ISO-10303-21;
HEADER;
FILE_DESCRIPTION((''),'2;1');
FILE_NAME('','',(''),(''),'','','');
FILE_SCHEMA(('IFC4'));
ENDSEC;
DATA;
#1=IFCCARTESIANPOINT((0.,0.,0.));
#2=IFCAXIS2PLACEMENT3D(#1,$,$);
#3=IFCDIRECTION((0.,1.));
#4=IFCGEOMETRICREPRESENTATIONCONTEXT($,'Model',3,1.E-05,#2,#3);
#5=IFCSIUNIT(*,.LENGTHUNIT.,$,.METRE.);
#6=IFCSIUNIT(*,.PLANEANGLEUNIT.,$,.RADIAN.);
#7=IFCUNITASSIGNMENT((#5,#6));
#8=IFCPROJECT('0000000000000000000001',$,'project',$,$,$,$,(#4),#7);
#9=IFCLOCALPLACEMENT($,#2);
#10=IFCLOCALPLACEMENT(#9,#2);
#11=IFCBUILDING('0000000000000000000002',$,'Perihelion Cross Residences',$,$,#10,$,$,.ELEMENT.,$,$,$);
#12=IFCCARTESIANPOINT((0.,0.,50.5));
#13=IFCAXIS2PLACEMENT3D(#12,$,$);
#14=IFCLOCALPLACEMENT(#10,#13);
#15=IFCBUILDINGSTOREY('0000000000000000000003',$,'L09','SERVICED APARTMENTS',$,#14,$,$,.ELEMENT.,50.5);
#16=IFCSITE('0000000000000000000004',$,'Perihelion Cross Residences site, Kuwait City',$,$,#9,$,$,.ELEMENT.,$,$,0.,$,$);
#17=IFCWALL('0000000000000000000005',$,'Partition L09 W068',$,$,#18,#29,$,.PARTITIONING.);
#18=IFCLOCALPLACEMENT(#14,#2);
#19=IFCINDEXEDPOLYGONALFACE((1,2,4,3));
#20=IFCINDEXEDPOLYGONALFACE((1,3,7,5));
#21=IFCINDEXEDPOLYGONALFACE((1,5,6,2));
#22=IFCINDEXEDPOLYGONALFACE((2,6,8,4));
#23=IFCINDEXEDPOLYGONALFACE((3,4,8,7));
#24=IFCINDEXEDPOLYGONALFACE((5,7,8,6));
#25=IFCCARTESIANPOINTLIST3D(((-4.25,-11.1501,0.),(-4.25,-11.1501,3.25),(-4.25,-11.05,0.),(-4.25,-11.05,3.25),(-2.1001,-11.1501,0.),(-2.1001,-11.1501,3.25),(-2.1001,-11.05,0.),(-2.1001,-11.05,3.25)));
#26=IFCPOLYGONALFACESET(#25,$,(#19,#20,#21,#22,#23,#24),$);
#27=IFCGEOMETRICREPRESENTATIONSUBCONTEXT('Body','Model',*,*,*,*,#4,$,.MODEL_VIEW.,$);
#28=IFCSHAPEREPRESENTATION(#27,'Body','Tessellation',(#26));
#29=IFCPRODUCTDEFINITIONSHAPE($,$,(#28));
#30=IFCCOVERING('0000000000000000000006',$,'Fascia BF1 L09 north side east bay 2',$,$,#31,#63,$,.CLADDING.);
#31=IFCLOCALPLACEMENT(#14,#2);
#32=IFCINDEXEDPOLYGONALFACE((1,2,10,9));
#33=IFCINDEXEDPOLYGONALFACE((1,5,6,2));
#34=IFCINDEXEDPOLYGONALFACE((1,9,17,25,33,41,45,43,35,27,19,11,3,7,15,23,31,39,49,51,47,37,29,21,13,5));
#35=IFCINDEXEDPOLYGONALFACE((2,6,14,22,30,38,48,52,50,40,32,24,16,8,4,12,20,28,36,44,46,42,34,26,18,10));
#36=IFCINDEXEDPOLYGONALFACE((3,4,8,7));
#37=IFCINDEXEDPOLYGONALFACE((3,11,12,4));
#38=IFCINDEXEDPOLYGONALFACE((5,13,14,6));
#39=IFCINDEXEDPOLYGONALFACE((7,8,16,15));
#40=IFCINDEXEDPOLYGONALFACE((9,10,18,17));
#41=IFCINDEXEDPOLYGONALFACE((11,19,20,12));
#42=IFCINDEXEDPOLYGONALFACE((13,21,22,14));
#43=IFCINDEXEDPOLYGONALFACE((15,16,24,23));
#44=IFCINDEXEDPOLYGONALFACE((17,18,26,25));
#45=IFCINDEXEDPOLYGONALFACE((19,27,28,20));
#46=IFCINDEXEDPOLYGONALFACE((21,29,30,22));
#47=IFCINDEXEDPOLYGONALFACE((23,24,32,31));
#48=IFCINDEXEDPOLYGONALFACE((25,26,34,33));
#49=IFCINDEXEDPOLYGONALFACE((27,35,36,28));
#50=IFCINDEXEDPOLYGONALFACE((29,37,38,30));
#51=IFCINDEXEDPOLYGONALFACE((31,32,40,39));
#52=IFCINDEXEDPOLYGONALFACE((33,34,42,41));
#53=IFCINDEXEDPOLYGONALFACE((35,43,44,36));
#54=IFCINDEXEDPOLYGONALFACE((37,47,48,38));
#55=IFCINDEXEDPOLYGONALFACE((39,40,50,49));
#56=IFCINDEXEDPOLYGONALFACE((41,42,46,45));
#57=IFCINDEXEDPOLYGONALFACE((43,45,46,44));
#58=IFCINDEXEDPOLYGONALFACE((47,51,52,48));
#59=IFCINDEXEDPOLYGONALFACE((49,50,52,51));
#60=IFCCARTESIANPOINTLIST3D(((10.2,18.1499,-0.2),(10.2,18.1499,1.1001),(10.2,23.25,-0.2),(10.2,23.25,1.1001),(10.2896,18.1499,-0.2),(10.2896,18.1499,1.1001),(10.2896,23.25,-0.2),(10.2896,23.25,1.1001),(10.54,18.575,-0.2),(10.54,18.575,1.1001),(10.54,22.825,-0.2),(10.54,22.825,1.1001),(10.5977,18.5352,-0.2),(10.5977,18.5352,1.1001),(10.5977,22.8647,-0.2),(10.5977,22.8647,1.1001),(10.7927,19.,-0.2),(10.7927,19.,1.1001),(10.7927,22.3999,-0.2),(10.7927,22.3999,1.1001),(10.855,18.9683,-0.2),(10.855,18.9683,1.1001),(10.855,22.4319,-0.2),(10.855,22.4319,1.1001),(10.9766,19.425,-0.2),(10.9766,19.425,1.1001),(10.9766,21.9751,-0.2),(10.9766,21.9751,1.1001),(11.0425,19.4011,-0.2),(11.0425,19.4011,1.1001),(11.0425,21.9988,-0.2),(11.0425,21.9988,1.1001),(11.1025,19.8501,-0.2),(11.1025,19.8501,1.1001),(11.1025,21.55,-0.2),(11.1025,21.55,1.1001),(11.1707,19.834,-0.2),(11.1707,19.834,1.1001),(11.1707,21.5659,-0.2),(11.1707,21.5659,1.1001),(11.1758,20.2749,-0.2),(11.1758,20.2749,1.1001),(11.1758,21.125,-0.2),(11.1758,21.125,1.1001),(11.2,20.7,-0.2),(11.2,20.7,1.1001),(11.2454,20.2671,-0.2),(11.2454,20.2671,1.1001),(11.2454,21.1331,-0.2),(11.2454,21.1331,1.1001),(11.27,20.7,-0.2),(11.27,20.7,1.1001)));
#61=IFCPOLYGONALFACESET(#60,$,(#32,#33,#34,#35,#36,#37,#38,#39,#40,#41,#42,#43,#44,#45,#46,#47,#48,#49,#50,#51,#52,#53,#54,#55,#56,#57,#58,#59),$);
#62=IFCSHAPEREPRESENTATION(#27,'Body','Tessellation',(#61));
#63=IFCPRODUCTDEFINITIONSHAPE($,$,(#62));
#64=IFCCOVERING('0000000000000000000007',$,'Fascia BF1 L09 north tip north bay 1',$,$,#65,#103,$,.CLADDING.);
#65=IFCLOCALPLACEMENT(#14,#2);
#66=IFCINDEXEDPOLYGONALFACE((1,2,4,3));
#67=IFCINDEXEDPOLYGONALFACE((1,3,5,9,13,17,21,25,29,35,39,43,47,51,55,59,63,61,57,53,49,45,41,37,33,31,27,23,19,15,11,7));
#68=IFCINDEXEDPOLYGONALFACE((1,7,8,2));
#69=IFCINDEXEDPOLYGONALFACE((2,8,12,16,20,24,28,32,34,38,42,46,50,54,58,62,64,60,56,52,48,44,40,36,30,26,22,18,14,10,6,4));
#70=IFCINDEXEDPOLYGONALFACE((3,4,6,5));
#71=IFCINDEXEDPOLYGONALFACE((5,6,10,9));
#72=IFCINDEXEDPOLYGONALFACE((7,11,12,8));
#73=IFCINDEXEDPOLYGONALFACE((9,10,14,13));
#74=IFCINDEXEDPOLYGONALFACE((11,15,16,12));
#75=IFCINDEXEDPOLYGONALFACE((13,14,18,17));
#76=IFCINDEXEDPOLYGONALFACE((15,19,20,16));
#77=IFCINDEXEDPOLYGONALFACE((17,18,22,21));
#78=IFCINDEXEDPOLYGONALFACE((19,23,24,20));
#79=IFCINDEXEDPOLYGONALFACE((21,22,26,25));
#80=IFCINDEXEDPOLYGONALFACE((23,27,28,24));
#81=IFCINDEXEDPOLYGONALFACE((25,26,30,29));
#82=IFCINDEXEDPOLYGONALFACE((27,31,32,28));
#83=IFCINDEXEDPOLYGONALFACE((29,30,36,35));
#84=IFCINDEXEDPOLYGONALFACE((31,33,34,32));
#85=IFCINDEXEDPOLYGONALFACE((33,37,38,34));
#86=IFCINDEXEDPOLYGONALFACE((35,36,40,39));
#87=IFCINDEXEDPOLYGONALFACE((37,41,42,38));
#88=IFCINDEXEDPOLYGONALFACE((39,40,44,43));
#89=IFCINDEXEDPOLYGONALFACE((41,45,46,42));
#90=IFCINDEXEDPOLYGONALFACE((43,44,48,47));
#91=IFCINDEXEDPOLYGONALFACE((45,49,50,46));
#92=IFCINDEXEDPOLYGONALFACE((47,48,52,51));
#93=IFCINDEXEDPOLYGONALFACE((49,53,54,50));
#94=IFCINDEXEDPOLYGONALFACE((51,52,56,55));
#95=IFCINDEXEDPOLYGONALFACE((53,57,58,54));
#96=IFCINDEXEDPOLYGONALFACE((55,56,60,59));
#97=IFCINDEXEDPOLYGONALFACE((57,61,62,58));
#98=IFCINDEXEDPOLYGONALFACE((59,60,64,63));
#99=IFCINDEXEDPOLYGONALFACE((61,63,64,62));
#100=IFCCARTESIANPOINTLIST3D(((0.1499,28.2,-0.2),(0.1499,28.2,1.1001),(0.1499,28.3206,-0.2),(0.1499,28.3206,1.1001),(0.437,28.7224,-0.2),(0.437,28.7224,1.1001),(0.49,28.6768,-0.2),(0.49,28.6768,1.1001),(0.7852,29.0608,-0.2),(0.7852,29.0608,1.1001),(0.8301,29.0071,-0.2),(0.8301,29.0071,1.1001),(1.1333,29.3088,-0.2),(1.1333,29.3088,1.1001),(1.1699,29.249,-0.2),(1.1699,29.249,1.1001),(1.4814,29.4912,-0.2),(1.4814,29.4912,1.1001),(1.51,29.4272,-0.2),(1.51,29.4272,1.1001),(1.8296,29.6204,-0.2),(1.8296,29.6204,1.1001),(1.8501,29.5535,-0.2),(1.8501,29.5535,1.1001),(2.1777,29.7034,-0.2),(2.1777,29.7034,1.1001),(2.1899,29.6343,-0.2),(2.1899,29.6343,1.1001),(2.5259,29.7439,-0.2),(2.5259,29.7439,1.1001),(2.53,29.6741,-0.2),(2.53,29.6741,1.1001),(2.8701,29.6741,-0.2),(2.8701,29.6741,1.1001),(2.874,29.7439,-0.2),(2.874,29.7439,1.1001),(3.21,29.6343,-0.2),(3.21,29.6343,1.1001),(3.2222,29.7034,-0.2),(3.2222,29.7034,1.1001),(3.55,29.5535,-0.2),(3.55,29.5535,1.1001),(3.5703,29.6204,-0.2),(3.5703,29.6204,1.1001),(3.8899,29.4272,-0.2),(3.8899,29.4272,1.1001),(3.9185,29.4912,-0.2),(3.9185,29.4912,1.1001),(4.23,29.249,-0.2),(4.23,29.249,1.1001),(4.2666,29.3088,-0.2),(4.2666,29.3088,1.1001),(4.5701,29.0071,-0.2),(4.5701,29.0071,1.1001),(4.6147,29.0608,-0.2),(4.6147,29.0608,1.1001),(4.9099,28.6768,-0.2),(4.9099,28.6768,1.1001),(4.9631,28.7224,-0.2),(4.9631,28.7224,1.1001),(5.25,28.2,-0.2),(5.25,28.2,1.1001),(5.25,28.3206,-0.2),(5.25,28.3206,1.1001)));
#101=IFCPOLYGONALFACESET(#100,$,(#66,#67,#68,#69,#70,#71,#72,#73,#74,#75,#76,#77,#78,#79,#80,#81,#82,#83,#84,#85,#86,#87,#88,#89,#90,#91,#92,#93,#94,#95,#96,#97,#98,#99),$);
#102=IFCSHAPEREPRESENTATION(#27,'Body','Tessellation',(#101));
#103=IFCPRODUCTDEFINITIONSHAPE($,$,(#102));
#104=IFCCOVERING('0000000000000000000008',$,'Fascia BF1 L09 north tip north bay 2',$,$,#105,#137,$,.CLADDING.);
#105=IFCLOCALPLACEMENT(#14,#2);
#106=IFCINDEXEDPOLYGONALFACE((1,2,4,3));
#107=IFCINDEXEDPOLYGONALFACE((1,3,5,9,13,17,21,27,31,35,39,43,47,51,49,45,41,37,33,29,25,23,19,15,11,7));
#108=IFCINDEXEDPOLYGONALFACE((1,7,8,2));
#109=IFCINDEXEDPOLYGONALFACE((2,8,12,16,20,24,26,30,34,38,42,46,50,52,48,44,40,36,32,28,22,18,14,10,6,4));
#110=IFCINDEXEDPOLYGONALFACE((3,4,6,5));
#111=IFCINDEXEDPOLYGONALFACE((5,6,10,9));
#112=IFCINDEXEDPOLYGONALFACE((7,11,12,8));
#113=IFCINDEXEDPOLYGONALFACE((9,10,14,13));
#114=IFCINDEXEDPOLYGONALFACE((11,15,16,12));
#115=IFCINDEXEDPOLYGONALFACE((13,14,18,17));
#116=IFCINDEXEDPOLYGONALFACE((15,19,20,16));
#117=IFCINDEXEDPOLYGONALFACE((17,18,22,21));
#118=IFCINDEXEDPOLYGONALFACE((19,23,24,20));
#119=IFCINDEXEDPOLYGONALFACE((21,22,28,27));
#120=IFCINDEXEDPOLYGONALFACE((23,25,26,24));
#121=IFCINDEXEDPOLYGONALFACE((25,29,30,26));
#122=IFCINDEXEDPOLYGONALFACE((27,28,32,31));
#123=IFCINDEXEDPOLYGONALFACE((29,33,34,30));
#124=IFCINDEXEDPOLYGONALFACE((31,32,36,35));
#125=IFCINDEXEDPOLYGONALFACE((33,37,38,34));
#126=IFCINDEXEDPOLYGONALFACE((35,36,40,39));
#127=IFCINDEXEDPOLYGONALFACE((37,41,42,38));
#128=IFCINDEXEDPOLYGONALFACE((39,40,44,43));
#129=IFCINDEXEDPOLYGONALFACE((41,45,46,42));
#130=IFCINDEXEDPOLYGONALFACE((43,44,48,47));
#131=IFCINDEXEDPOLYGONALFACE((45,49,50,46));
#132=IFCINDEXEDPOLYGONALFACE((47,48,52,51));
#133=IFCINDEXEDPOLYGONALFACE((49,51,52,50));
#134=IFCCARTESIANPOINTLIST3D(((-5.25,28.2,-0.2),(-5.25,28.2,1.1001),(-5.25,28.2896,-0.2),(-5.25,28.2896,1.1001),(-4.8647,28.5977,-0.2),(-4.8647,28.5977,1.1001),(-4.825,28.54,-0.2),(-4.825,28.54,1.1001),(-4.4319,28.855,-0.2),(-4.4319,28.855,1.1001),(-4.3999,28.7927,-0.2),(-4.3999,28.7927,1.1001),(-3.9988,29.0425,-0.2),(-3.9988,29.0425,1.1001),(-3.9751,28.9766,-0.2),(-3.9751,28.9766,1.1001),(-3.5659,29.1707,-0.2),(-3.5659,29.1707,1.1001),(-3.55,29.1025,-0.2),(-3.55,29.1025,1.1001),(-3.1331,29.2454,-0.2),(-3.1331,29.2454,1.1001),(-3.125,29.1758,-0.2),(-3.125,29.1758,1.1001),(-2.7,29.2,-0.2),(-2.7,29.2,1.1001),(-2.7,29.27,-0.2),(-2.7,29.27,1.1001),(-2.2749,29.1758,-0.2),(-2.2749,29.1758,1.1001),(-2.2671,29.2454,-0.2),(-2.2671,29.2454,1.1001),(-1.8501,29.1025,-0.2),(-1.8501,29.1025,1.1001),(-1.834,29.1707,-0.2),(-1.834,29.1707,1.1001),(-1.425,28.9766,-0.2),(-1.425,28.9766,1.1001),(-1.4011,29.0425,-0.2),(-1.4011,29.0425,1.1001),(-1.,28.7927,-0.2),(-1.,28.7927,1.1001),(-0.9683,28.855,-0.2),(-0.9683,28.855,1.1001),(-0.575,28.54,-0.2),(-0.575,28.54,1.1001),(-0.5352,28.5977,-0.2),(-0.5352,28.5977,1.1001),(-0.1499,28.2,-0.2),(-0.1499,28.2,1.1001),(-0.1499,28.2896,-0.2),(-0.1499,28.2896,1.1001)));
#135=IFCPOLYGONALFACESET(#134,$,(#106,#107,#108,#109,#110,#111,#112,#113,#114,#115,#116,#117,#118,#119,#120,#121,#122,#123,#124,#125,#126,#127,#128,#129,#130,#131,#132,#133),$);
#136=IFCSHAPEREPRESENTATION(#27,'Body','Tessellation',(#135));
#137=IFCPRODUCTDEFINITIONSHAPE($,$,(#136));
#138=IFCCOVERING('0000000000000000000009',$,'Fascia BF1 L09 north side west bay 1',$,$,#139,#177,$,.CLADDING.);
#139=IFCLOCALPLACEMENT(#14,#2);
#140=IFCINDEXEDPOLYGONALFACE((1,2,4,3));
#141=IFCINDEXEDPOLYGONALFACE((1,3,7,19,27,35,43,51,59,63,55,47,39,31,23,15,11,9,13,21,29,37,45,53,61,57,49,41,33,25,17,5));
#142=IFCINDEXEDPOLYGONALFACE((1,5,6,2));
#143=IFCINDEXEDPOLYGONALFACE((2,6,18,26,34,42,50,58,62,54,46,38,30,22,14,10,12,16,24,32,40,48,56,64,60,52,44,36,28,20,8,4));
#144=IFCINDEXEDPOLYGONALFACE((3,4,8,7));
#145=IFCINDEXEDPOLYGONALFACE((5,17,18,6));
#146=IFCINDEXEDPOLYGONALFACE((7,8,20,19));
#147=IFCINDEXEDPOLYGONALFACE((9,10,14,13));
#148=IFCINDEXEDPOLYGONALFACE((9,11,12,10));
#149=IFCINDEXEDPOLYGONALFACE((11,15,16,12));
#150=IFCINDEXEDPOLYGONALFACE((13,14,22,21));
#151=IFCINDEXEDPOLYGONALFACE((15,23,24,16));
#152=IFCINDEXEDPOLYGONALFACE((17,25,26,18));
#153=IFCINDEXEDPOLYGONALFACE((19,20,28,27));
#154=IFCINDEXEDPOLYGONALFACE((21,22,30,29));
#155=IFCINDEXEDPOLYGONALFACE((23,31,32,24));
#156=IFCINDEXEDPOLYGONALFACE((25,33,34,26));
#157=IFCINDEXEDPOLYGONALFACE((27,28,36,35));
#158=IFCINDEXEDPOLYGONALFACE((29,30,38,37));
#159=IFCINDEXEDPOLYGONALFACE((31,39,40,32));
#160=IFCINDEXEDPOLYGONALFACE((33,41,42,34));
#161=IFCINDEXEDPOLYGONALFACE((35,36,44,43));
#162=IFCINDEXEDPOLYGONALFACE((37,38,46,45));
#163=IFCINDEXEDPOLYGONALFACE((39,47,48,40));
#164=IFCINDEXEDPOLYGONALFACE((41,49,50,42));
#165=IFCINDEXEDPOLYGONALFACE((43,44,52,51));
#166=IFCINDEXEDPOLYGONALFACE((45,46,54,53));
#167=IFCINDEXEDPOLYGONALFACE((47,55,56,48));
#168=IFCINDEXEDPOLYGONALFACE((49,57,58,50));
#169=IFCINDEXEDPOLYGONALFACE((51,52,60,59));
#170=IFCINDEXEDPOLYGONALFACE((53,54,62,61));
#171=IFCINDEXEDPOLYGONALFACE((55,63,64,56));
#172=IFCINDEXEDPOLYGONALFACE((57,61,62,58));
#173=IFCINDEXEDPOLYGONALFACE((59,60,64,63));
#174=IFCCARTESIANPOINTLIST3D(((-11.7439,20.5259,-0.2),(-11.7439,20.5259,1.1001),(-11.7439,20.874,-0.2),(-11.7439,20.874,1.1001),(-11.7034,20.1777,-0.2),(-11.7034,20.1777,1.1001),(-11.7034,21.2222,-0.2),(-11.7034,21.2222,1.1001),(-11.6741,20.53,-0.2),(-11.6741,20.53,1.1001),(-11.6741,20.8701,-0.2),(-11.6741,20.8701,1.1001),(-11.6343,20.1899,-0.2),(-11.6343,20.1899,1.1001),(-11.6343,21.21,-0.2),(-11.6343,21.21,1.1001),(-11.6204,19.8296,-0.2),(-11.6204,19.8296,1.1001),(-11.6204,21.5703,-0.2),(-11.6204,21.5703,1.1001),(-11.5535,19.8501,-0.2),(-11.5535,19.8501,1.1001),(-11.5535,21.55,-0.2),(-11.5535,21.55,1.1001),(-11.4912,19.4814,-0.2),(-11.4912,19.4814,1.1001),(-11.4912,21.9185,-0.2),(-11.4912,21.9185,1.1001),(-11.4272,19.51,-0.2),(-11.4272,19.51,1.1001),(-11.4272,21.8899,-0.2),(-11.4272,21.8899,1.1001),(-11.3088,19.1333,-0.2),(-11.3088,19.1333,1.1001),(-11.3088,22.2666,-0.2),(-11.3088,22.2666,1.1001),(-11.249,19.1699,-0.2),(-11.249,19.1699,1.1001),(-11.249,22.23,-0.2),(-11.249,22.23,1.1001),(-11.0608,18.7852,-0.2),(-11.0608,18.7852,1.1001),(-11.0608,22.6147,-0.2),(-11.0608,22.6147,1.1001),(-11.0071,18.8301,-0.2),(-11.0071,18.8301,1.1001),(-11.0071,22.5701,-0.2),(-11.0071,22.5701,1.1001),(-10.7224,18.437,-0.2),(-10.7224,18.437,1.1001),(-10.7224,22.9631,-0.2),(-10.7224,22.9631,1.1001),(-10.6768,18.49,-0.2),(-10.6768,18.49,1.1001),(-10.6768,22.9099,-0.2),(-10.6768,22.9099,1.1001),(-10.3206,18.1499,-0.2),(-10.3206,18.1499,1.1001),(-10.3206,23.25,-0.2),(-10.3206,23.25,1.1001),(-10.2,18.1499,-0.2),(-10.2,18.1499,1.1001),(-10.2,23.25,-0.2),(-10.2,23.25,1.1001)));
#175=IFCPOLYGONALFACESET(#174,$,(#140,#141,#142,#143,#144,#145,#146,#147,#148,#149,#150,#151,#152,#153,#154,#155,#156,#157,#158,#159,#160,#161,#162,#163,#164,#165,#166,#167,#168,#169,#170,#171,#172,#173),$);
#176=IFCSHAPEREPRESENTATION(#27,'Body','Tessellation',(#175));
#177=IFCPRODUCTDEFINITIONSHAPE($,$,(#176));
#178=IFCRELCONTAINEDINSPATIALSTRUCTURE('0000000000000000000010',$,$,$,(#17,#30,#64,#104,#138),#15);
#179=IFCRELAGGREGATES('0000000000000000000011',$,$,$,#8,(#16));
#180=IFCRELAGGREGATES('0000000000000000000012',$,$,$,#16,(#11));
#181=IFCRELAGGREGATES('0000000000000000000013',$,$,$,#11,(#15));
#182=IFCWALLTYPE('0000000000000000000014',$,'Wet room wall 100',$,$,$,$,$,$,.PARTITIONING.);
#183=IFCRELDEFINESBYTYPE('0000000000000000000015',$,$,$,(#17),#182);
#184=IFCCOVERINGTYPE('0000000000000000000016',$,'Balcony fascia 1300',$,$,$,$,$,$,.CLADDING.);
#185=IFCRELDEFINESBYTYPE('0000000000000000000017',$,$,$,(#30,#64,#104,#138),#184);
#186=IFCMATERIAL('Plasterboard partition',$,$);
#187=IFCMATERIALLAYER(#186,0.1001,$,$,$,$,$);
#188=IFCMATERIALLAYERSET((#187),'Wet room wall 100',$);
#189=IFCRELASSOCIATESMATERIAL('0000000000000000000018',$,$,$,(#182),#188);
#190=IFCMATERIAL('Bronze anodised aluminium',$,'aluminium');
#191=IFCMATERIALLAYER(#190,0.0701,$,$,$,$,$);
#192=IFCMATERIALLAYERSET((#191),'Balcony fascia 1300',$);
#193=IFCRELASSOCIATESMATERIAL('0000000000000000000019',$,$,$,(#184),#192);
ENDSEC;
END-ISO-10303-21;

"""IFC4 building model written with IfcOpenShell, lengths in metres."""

from ifc_helpers import new_model, si_unit, direction, frame, frame_2d, origin, place, context, subcontext, project, spatial, polyline, rectangle, outline, extrude, material, layer, layer_set, type_object, element, save


model = new_model("IFC4")

# Units and contexts
model_context = context("Model", 3, precision=1e-05, world=origin(), true_north=direction((0.0, 1.0)))
body_context = subcontext(model_context, "Body", "Model", "MODEL_VIEW")
ifc_project = project(units=[si_unit("LENGTHUNIT", "METRE"), si_unit("PLANEANGLEUNIT", "RADIAN")], contexts=[model_context])

# Site, building, storey
site_placement = place(None, origin())
site = spatial("IfcSite", under=ifc_project, at=site_placement, Name="Perihelion Cross Residences site, Kuwait City", CompositionType="ELEMENT", RefElevation=0.0)
building_placement = place(site_placement, origin())
building = spatial("IfcBuilding", under=site, at=building_placement, Name="Perihelion Cross Residences", CompositionType="ELEMENT")
storey_placement = place(building_placement, frame((0.0, 0.0, 50.5)))
storey = spatial("IfcBuildingStorey", under=building, at=storey_placement, Name="L09", Description="SERVICED APARTMENTS", CompositionType="ELEMENT", Elevation=50.5)

# Shared definitions
ifc_material_1 = material(Name="Plasterboard partition")
ifc_layer_1 = layer(ifc_material_1, 0.1001)
ifc_layer_set_1 = layer_set([ifc_layer_1], Name="Wet room wall 100")
wall_type_1 = type_object("IfcWallType", Name="Wet room wall 100", PredefinedType="PARTITIONING", material=ifc_layer_set_1)

# Wall
wall_1_placement = place(storey_placement, frame((-2.1001, -11.1001, 0.0), z_axis=(0.0, 0.0, 1.0), x_axis=(-1.0, 0.0, 0.0)))
element("IfcWall", 1, at=wall_1_placement, inside=storey, type_object=wall_type_1, Name="Partition L09 W068", PredefinedType="PARTITIONING", context=body_context, shape_type="SweptSolid", body=[
    extrude(rectangle(XDim=2.1499, YDim=0.1001, at=frame_2d((1.075, 0.0))), origin(), (0.0, 0.0, 1.0), 3.25),
])

# Coverings
ifc_material_2 = material(Name="Bronze anodised aluminium", Category="aluminium")
ifc_layer_2 = layer(ifc_material_2, 0.0701)
ifc_layer_set_2 = layer_set([ifc_layer_2], Name="Balcony fascia 1300")
covering_type = type_object("IfcCoveringType", Name="Balcony fascia 1300", PredefinedType="CLADDING", material=ifc_layer_set_2)
covering_1_placement = place(storey_placement, frame((0.0, 0.0, -0.2)))
element("IfcCovering", 2, at=covering_1_placement, inside=storey, type_object=covering_type, Name="Fascia BF1 L09 north side east bay 2", PredefinedType="CLADDING", context=body_context, shape_type="SweptSolid", body=[
    extrude(outline(polyline([(10.5977, 18.5352), (10.855, 18.9683), (11.0425, 19.4011), (11.1707, 19.834), (11.2454, 20.2671), (11.27, 20.7), (11.2454, 21.1331), (11.1707, 21.5659), (11.0425, 21.9988), (10.855, 22.4319), (10.5977, 22.8647), (10.2896, 23.25), (10.2, 23.25), (10.54, 22.825), (10.7927, 22.3999), (10.9766, 21.9751), (11.1025, 21.55), (11.1758, 21.125), (11.2, 20.7), (11.1758, 20.2749), (11.1025, 19.8501), (10.9766, 19.425), (10.7927, 19.0), (10.54, 18.575), (10.2, 18.1499), (10.2896, 18.1499), (10.5977, 18.5352)])), origin(), (0.0, 0.0, 1.0), 1.3),
])
covering_2_placement = place(storey_placement, frame((0.0, 0.0, -0.2)))
element("IfcCovering", 3, at=covering_2_placement, inside=storey, type_object=covering_type, Name="Fascia BF1 L09 north tip north bay 1", PredefinedType="CLADDING", context=body_context, shape_type="SweptSolid", body=[
    extrude(outline(polyline([(4.9631, 28.7224), (4.6147, 29.0608), (4.2666, 29.3088), (3.9185, 29.4912), (3.5703, 29.6204), (3.2222, 29.7034), (2.874, 29.7439), (2.5259, 29.7439), (2.1777, 29.7034), (1.8296, 29.6204), (1.4814, 29.4912), (1.1333, 29.3088), (0.7852, 29.0608), (0.437, 28.7224), (0.1499, 28.3206), (0.1499, 28.2), (0.49, 28.6768), (0.8301, 29.0071), (1.1699, 29.249), (1.51, 29.4272), (1.8501, 29.5535), (2.1899, 29.6343), (2.53, 29.6741), (2.8701, 29.6741), (3.21, 29.6343), (3.55, 29.5535), (3.8899, 29.4272), (4.23, 29.249), (4.5701, 29.0071), (4.9099, 28.6768), (5.25, 28.2), (5.25, 28.3206), (4.9631, 28.7224)])), origin(), (0.0, 0.0, 1.0), 1.3),
])
covering_3_placement = place(storey_placement, frame((0.0, 0.0, -0.2)))
element("IfcCovering", 4, at=covering_3_placement, inside=storey, type_object=covering_type, Name="Fascia BF1 L09 north tip north bay 2", PredefinedType="CLADDING", context=body_context, shape_type="SweptSolid", body=[
    extrude(outline(polyline([(-0.5352, 28.5977), (-0.9683, 28.855), (-1.4011, 29.0425), (-1.834, 29.1707), (-2.2671, 29.2454), (-2.7, 29.27), (-3.1331, 29.2454), (-3.5659, 29.1707), (-3.9988, 29.0425), (-4.4319, 28.855), (-4.8647, 28.5977), (-5.25, 28.2896), (-5.25, 28.2), (-4.825, 28.54), (-4.3999, 28.7927), (-3.9751, 28.9766), (-3.55, 29.1025), (-3.125, 29.1758), (-2.7, 29.2), (-2.2749, 29.1758), (-1.8501, 29.1025), (-1.425, 28.9766), (-1.0, 28.7927), (-0.575, 28.54), (-0.1499, 28.2), (-0.1499, 28.2896), (-0.5352, 28.5977)])), origin(), (0.0, 0.0, 1.0), 1.3),
])
covering_4_placement = place(storey_placement, frame((0.0, 0.0, -0.2)))
element("IfcCovering", 5, at=covering_4_placement, inside=storey, type_object=covering_type, Name="Fascia BF1 L09 north side west bay 1", PredefinedType="CLADDING", context=body_context, shape_type="SweptSolid", body=[
    extrude(outline(polyline([(-10.7224, 22.9631), (-11.0608, 22.6147), (-11.3088, 22.2666), (-11.4912, 21.9185), (-11.6204, 21.5703), (-11.7034, 21.2222), (-11.7439, 20.874), (-11.7439, 20.5259), (-11.7034, 20.1777), (-11.6204, 19.8296), (-11.4912, 19.4814), (-11.3088, 19.1333), (-11.0608, 18.7852), (-10.7224, 18.437), (-10.3206, 18.1499), (-10.2, 18.1499), (-10.6768, 18.49), (-11.0071, 18.8301), (-11.249, 19.1699), (-11.4272, 19.51), (-11.5535, 19.8501), (-11.6343, 20.1899), (-11.6741, 20.53), (-11.6741, 20.8701), (-11.6343, 21.21), (-11.5535, 21.55), (-11.4272, 21.8899), (-11.249, 22.23), (-11.0071, 22.5701), (-10.6768, 22.9099), (-10.2, 23.25), (-10.3206, 23.25), (-10.7224, 22.9631)])), origin(), (0.0, 0.0, 1.0), 1.3),
])

save(model, "model.ifc")
